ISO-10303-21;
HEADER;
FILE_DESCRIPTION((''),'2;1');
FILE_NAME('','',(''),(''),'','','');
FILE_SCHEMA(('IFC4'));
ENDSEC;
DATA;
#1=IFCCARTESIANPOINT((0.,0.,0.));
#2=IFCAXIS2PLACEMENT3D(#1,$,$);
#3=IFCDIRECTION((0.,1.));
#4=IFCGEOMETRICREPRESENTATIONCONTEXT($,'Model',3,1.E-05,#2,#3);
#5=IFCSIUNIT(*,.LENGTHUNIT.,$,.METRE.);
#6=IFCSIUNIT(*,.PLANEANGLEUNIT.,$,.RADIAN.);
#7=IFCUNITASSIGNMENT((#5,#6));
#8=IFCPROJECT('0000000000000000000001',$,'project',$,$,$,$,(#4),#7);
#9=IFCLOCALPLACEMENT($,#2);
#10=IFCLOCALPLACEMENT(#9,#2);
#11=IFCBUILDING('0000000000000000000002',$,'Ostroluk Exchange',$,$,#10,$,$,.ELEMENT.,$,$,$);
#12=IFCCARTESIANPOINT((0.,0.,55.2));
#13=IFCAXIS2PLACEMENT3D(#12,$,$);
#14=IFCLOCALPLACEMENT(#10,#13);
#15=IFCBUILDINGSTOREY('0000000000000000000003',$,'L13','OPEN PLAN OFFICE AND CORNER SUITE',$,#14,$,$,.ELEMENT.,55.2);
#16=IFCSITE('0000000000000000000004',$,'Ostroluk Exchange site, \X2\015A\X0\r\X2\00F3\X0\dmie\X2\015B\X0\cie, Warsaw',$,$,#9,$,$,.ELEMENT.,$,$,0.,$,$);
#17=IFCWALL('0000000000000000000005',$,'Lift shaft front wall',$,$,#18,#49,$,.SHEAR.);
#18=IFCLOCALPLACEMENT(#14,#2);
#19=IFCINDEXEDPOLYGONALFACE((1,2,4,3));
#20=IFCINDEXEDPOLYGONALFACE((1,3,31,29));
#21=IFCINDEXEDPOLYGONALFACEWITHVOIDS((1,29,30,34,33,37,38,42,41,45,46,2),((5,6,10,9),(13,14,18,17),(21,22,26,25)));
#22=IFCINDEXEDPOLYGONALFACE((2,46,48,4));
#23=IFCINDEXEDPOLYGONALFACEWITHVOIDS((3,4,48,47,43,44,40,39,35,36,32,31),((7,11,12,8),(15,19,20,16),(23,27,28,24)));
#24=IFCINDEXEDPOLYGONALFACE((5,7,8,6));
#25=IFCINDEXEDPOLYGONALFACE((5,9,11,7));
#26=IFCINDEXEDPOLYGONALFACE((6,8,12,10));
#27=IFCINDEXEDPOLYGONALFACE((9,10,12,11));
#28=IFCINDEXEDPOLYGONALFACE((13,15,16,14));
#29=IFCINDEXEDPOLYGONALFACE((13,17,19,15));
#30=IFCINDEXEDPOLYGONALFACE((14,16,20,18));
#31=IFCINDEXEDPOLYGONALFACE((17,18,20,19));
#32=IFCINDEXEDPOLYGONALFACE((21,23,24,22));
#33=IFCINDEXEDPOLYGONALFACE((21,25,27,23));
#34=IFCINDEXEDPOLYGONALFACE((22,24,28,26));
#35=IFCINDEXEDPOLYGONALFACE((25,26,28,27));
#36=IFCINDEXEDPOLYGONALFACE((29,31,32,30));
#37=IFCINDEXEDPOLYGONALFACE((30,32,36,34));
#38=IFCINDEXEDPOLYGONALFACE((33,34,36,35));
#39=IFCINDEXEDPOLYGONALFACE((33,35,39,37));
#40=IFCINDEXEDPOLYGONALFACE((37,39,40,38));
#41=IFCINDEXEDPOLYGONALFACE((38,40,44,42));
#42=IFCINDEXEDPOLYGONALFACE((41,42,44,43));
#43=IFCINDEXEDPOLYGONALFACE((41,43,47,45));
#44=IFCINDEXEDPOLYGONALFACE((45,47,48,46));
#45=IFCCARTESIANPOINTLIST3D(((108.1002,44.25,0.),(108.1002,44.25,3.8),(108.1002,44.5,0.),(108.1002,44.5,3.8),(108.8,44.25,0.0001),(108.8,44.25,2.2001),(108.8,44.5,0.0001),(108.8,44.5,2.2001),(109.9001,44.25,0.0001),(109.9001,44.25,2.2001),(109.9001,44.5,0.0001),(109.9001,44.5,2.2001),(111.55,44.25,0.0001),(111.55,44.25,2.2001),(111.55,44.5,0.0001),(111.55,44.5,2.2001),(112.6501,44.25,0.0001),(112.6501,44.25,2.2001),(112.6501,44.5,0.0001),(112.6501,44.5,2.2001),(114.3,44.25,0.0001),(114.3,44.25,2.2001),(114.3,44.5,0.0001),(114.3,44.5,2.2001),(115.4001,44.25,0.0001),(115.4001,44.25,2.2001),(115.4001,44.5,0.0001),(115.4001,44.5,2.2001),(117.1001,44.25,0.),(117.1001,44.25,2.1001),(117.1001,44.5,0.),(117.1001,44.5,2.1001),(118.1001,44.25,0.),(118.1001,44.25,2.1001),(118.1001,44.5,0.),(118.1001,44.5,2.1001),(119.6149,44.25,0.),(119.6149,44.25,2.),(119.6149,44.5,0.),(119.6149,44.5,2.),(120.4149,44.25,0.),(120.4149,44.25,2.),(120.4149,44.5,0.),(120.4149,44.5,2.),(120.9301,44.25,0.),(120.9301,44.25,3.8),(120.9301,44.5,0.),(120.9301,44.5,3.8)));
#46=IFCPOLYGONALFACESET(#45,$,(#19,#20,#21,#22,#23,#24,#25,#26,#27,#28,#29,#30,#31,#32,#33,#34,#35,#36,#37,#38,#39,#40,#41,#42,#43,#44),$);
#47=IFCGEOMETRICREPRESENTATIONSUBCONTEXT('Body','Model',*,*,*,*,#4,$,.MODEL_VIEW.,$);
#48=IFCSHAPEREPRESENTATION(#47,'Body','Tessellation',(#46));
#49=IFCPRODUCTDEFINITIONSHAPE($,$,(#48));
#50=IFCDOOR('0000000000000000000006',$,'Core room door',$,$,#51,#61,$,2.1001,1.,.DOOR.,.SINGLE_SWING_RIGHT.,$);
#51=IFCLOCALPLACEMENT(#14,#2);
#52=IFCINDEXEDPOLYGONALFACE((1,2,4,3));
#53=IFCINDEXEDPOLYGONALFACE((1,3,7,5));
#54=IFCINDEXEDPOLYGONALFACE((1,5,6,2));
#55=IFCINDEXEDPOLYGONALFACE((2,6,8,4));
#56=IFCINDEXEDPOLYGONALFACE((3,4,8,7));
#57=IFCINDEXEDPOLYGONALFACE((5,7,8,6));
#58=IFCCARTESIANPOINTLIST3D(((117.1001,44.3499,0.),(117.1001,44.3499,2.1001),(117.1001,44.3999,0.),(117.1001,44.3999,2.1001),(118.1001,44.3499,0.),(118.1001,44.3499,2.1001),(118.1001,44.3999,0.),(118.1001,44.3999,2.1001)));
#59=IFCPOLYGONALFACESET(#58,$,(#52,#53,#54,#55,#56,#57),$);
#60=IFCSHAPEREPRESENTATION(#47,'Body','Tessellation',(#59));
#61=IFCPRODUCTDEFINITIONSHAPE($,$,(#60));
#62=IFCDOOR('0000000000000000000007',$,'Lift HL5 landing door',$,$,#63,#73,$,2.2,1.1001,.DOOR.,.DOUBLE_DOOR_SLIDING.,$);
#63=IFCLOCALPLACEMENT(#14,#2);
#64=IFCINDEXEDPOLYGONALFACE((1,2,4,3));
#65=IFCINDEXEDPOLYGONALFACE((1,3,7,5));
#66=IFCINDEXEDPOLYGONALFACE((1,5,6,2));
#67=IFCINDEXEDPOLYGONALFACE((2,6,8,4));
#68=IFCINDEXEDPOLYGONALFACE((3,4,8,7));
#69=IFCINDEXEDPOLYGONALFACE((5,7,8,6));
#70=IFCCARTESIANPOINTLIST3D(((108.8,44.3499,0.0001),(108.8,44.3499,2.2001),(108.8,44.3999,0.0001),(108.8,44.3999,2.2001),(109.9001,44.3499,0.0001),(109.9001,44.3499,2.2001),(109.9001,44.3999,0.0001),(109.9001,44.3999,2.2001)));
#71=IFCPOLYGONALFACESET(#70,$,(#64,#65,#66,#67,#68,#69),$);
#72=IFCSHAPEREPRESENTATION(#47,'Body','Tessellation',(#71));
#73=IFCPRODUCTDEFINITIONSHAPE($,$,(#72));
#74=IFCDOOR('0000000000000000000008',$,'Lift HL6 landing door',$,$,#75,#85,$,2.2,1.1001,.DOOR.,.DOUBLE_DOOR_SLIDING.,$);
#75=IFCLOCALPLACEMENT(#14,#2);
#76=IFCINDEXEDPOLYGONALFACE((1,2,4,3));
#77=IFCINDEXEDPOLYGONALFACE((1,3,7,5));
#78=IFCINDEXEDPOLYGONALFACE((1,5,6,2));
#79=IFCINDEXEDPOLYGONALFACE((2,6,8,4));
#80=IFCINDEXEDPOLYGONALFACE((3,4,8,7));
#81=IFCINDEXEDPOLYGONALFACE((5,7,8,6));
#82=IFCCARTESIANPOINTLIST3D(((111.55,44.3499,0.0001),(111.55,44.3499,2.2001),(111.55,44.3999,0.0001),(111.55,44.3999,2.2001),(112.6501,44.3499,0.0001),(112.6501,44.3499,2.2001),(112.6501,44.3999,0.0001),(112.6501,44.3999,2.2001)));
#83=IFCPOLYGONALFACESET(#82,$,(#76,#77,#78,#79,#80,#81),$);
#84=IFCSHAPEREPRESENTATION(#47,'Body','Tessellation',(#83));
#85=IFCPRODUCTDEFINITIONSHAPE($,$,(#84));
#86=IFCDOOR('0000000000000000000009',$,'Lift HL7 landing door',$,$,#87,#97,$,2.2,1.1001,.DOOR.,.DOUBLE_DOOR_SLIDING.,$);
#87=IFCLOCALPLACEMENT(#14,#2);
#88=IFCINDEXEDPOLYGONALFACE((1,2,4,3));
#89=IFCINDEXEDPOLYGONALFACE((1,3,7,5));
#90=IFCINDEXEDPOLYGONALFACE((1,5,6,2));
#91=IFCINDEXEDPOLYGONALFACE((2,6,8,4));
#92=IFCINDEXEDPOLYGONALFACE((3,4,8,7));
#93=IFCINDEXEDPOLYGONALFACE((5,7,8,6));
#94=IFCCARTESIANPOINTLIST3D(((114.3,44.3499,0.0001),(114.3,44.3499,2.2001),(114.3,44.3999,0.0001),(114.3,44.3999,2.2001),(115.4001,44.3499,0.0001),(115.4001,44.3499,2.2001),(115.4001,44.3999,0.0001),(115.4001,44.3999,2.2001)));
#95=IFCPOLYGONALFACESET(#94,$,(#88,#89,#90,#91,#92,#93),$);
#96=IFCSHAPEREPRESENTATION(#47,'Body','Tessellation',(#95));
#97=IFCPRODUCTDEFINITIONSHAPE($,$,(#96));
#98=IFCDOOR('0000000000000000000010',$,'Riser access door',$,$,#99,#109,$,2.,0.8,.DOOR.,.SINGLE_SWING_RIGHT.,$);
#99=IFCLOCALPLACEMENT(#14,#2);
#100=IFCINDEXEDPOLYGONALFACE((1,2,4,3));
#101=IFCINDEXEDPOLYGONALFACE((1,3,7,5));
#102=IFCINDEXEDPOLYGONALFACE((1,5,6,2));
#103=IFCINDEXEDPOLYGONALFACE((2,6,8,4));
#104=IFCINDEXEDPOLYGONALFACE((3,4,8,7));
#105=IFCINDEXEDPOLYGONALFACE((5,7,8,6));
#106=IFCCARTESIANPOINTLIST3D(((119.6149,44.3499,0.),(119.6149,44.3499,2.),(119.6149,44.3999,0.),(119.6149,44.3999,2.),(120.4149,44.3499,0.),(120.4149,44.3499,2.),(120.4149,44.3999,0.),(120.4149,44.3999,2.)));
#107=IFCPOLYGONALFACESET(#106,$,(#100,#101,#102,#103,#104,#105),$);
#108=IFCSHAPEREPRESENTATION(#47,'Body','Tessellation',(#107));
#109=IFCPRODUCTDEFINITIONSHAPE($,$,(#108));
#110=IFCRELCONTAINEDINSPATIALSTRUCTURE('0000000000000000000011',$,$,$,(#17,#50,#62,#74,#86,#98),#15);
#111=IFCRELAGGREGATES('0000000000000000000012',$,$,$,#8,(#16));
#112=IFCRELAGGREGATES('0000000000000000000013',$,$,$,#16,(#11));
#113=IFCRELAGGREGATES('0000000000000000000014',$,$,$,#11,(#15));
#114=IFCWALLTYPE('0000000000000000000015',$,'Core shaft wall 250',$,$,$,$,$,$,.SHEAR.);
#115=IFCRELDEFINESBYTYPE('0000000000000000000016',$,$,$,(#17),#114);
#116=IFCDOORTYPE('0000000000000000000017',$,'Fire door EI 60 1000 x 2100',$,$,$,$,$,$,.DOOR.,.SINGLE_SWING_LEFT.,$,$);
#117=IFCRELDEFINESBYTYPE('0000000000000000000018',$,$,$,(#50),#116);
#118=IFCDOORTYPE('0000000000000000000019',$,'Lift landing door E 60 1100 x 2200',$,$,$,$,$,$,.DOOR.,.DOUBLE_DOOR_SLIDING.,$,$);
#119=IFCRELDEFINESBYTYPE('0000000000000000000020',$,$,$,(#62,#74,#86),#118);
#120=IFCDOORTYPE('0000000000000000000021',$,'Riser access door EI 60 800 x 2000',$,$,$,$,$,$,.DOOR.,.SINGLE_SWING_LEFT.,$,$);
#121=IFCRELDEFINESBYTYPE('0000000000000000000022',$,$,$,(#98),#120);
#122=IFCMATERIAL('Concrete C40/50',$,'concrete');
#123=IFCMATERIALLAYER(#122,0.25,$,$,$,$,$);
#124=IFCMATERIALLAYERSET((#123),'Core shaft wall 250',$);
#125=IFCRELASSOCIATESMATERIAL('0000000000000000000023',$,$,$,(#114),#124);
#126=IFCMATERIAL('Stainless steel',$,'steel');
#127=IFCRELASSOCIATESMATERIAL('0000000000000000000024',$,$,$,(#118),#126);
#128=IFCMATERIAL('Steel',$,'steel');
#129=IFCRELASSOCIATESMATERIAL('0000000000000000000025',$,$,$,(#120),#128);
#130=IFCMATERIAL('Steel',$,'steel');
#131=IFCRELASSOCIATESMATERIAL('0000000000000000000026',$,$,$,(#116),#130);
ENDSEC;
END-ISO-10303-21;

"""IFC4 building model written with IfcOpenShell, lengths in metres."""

from ifc_helpers import new_model, si_unit, direction, frame, frame_2d, origin, place, context, subcontext, project, spatial, rectangle, extrude, material, layer, layer_set, type_object, element, fill, save


model = new_model("IFC4")

# Units and contexts
model_context = context("Model", 3, precision=1e-05, world=origin(), true_north=direction((0.0, 1.0)))
body_context = subcontext(model_context, "Body", "Model", "MODEL_VIEW")
ifc_project = project(units=[si_unit("LENGTHUNIT", "METRE"), si_unit("PLANEANGLEUNIT", "RADIAN")], contexts=[model_context])

# Site, building, storey
site_placement = place(None, origin())
site = spatial("IfcSite", under=ifc_project, at=site_placement, Name="Ostroluk Exchange site, Śródmieście, Warsaw", CompositionType="ELEMENT", RefElevation=0.0)
building_placement = place(site_placement, origin())
building = spatial("IfcBuilding", under=site, at=building_placement, Name="Ostroluk Exchange", CompositionType="ELEMENT")
storey_placement = place(building_placement, frame((0.0, 0.0, 55.2)))
storey = spatial("IfcBuildingStorey", under=building, at=storey_placement, Name="L13", Description="OPEN PLAN OFFICE AND CORNER SUITE", CompositionType="ELEMENT", Elevation=55.2)

# Shared definitions
ifc_material_1 = material(Name="Concrete C40/50", Category="concrete")
ifc_layer_1 = layer(ifc_material_1, 0.25)
ifc_layer_set_1 = layer_set([ifc_layer_1], Name="Core shaft wall 250")
wall_type_1 = type_object("IfcWallType", Name="Core shaft wall 250", PredefinedType="SHEAR", material=ifc_layer_set_1)

# Wall, openings, doors
ifc_material_2 = material(Name="Stainless steel", Category="steel")
door_type_1 = type_object("IfcDoorType", Name="Lift landing door E 60 1100 x 2200", OperationType="DOUBLE_DOOR_SLIDING", PredefinedType="DOOR", material=ifc_material_2)
ifc_material_3 = material(Name="Steel", Category="steel")
door_type_2 = type_object("IfcDoorType", Name="Riser access door EI 60 800 x 2000", OperationType="SINGLE_SWING_LEFT", PredefinedType="DOOR", material=ifc_material_3)
wall_1_placement = place(storey_placement, frame((108.1001, 44.375, 0.0), z_axis=(0.0, 0.0, 1.0), x_axis=(1.0, 0.0, 0.0)))
wall_1 = element("IfcWall", 1, at=wall_1_placement, inside=storey, type_object=wall_type_1, Name="Lift shaft front wall", PredefinedType="SHEAR", context=body_context, shape_type="SweptSolid", body=[
    extrude(rectangle(XDim=12.8298, YDim=0.25, at=frame_2d((6.415, 0.0))), origin(), (0.0, 0.0, 1.0), 3.8),
])
opening_1_placement = place(wall_1_placement, frame((0.7, 0.0, 0.0)))
opening_1 = element("IfcOpeningElement", 2, at=opening_1_placement, cuts=wall_1, PredefinedType="OPENING", context=body_context, shape_type="SweptSolid", body=[
    extrude(rectangle(XDim=1.1001, YDim=2.2, at=frame_2d((0.55, 1.1001))), frame((0.0, 0.135, 0.0), z_axis=(0.0, -1.0, 0.0), x_axis=(1.0, 0.0, 0.0)), (0.0, 0.0, 1.0), 0.27),
])
opening_2_placement = place(wall_1_placement, frame((3.45, 0.0, 0.0)))
opening_2 = element("IfcOpeningElement", 3, at=opening_2_placement, cuts=wall_1, PredefinedType="OPENING", context=body_context, shape_type="SweptSolid", body=[
    extrude(rectangle(XDim=1.1001, YDim=2.2, at=frame_2d((0.55, 1.1001))), frame((0.0, 0.135, 0.0), z_axis=(0.0, -1.0, 0.0), x_axis=(1.0, 0.0, 0.0)), (0.0, 0.0, 1.0), 0.27),
])
opening_3_placement = place(wall_1_placement, frame((6.2, 0.0, 0.0)))
opening_3 = element("IfcOpeningElement", 4, at=opening_3_placement, cuts=wall_1, PredefinedType="OPENING", context=body_context, shape_type="SweptSolid", body=[
    extrude(rectangle(XDim=1.1001, YDim=2.2, at=frame_2d((0.55, 1.1001))), frame((0.0, 0.135, 0.0), z_axis=(0.0, -1.0, 0.0), x_axis=(1.0, 0.0, 0.0)), (0.0, 0.0, 1.0), 0.27),
])
opening_4_placement = place(wall_1_placement, frame((9.0, 0.0, 0.0)))
opening_4 = element("IfcOpeningElement", 5, at=opening_4_placement, cuts=wall_1, PredefinedType="OPENING", context=body_context, shape_type="SweptSolid", body=[
    extrude(rectangle(XDim=1.0, YDim=2.1001, at=frame_2d((0.5, 1.05))), frame((0.0, 0.135, 0.0), z_axis=(0.0, -1.0, 0.0), x_axis=(1.0, 0.0, 0.0)), (0.0, 0.0, 1.0), 0.27),
])
opening_5_placement = place(wall_1_placement, frame((11.5149, 0.0, 0.0)))
opening_5 = element("IfcOpeningElement", 6, at=opening_5_placement, cuts=wall_1, PredefinedType="OPENING", context=body_context, shape_type="SweptSolid", body=[
    extrude(rectangle(XDim=0.8, YDim=2.0, at=frame_2d((0.3999, 1.0))), frame((0.0, 0.135, 0.0), z_axis=(0.0, -1.0, 0.0), x_axis=(1.0, 0.0, 0.0)), (0.0, 0.0, 1.0), 0.27),
])
ifc_material_4 = material(Name="Steel", Category="steel")
door_type_3 = type_object("IfcDoorType", Name="Fire door EI 60 1000 x 2100", OperationType="SINGLE_SWING_LEFT", PredefinedType="DOOR", material=ifc_material_4)
door_1_placement = place(opening_4_placement, origin())
door_1 = element("IfcDoor", 7, at=door_1_placement, inside=storey, type_object=door_type_3, Name="Core room door", OperationType="SINGLE_SWING_RIGHT", OverallHeight=2.1001, OverallWidth=1.0, PredefinedType="DOOR", context=body_context, shape_type="SweptSolid", body=[
    extrude(rectangle(XDim=1.0, YDim=2.1001, at=frame_2d((0.5, 1.05))), frame((0.0, 0.0249, 0.0), z_axis=(0.0, -1.0, 0.0), x_axis=(1.0, 0.0, 0.0)), (0.0, 0.0, 1.0), 0.05),
])
fill(opening_4, door_1)
door_2_placement = place(opening_1_placement, origin())
door_2 = element("IfcDoor", 8, at=door_2_placement, inside=storey, type_object=door_type_1, Name="Lift HL5 landing door", OperationType="DOUBLE_DOOR_SLIDING", OverallHeight=2.2, OverallWidth=1.1001, PredefinedType="DOOR", context=body_context, shape_type="SweptSolid", body=[
    extrude(rectangle(XDim=1.1001, YDim=2.2, at=frame_2d((0.55, 1.1001))), frame((0.0, 0.0249, 0.0), z_axis=(0.0, -1.0, 0.0), x_axis=(1.0, 0.0, 0.0)), (0.0, 0.0, 1.0), 0.05),
])
fill(opening_1, door_2)
door_3_placement = place(opening_2_placement, origin())
door_3 = element("IfcDoor", 9, at=door_3_placement, inside=storey, type_object=door_type_1, Name="Lift HL6 landing door", OperationType="DOUBLE_DOOR_SLIDING", OverallHeight=2.2, OverallWidth=1.1001, PredefinedType="DOOR", context=body_context, shape_type="SweptSolid", body=[
    extrude(rectangle(XDim=1.1001, YDim=2.2, at=frame_2d((0.55, 1.1001))), frame((0.0, 0.0249, 0.0), z_axis=(0.0, -1.0, 0.0), x_axis=(1.0, 0.0, 0.0)), (0.0, 0.0, 1.0), 0.05),
])
fill(opening_2, door_3)
door_4_placement = place(opening_3_placement, origin())
door_4 = element("IfcDoor", 10, at=door_4_placement, inside=storey, type_object=door_type_1, Name="Lift HL7 landing door", OperationType="DOUBLE_DOOR_SLIDING", OverallHeight=2.2, OverallWidth=1.1001, PredefinedType="DOOR", context=body_context, shape_type="SweptSolid", body=[
    extrude(rectangle(XDim=1.1001, YDim=2.2, at=frame_2d((0.55, 1.1001))), frame((0.0, 0.0249, 0.0), z_axis=(0.0, -1.0, 0.0), x_axis=(1.0, 0.0, 0.0)), (0.0, 0.0, 1.0), 0.05),
])
fill(opening_3, door_4)
door_5_placement = place(opening_5_placement, origin())
door_5 = element("IfcDoor", 11, at=door_5_placement, inside=storey, type_object=door_type_2, Name="Riser access door", OperationType="SINGLE_SWING_RIGHT", OverallHeight=2.0, OverallWidth=0.8, PredefinedType="DOOR", context=body_context, shape_type="SweptSolid", body=[
    extrude(rectangle(XDim=0.8, YDim=2.0, at=frame_2d((0.3999, 1.0))), frame((0.0, 0.0249, 0.0), z_axis=(0.0, -1.0, 0.0), x_axis=(1.0, 0.0, 0.0)), (0.0, 0.0, 1.0), 0.05),
])
fill(opening_5, door_5)

save(model, "model.ifc")
